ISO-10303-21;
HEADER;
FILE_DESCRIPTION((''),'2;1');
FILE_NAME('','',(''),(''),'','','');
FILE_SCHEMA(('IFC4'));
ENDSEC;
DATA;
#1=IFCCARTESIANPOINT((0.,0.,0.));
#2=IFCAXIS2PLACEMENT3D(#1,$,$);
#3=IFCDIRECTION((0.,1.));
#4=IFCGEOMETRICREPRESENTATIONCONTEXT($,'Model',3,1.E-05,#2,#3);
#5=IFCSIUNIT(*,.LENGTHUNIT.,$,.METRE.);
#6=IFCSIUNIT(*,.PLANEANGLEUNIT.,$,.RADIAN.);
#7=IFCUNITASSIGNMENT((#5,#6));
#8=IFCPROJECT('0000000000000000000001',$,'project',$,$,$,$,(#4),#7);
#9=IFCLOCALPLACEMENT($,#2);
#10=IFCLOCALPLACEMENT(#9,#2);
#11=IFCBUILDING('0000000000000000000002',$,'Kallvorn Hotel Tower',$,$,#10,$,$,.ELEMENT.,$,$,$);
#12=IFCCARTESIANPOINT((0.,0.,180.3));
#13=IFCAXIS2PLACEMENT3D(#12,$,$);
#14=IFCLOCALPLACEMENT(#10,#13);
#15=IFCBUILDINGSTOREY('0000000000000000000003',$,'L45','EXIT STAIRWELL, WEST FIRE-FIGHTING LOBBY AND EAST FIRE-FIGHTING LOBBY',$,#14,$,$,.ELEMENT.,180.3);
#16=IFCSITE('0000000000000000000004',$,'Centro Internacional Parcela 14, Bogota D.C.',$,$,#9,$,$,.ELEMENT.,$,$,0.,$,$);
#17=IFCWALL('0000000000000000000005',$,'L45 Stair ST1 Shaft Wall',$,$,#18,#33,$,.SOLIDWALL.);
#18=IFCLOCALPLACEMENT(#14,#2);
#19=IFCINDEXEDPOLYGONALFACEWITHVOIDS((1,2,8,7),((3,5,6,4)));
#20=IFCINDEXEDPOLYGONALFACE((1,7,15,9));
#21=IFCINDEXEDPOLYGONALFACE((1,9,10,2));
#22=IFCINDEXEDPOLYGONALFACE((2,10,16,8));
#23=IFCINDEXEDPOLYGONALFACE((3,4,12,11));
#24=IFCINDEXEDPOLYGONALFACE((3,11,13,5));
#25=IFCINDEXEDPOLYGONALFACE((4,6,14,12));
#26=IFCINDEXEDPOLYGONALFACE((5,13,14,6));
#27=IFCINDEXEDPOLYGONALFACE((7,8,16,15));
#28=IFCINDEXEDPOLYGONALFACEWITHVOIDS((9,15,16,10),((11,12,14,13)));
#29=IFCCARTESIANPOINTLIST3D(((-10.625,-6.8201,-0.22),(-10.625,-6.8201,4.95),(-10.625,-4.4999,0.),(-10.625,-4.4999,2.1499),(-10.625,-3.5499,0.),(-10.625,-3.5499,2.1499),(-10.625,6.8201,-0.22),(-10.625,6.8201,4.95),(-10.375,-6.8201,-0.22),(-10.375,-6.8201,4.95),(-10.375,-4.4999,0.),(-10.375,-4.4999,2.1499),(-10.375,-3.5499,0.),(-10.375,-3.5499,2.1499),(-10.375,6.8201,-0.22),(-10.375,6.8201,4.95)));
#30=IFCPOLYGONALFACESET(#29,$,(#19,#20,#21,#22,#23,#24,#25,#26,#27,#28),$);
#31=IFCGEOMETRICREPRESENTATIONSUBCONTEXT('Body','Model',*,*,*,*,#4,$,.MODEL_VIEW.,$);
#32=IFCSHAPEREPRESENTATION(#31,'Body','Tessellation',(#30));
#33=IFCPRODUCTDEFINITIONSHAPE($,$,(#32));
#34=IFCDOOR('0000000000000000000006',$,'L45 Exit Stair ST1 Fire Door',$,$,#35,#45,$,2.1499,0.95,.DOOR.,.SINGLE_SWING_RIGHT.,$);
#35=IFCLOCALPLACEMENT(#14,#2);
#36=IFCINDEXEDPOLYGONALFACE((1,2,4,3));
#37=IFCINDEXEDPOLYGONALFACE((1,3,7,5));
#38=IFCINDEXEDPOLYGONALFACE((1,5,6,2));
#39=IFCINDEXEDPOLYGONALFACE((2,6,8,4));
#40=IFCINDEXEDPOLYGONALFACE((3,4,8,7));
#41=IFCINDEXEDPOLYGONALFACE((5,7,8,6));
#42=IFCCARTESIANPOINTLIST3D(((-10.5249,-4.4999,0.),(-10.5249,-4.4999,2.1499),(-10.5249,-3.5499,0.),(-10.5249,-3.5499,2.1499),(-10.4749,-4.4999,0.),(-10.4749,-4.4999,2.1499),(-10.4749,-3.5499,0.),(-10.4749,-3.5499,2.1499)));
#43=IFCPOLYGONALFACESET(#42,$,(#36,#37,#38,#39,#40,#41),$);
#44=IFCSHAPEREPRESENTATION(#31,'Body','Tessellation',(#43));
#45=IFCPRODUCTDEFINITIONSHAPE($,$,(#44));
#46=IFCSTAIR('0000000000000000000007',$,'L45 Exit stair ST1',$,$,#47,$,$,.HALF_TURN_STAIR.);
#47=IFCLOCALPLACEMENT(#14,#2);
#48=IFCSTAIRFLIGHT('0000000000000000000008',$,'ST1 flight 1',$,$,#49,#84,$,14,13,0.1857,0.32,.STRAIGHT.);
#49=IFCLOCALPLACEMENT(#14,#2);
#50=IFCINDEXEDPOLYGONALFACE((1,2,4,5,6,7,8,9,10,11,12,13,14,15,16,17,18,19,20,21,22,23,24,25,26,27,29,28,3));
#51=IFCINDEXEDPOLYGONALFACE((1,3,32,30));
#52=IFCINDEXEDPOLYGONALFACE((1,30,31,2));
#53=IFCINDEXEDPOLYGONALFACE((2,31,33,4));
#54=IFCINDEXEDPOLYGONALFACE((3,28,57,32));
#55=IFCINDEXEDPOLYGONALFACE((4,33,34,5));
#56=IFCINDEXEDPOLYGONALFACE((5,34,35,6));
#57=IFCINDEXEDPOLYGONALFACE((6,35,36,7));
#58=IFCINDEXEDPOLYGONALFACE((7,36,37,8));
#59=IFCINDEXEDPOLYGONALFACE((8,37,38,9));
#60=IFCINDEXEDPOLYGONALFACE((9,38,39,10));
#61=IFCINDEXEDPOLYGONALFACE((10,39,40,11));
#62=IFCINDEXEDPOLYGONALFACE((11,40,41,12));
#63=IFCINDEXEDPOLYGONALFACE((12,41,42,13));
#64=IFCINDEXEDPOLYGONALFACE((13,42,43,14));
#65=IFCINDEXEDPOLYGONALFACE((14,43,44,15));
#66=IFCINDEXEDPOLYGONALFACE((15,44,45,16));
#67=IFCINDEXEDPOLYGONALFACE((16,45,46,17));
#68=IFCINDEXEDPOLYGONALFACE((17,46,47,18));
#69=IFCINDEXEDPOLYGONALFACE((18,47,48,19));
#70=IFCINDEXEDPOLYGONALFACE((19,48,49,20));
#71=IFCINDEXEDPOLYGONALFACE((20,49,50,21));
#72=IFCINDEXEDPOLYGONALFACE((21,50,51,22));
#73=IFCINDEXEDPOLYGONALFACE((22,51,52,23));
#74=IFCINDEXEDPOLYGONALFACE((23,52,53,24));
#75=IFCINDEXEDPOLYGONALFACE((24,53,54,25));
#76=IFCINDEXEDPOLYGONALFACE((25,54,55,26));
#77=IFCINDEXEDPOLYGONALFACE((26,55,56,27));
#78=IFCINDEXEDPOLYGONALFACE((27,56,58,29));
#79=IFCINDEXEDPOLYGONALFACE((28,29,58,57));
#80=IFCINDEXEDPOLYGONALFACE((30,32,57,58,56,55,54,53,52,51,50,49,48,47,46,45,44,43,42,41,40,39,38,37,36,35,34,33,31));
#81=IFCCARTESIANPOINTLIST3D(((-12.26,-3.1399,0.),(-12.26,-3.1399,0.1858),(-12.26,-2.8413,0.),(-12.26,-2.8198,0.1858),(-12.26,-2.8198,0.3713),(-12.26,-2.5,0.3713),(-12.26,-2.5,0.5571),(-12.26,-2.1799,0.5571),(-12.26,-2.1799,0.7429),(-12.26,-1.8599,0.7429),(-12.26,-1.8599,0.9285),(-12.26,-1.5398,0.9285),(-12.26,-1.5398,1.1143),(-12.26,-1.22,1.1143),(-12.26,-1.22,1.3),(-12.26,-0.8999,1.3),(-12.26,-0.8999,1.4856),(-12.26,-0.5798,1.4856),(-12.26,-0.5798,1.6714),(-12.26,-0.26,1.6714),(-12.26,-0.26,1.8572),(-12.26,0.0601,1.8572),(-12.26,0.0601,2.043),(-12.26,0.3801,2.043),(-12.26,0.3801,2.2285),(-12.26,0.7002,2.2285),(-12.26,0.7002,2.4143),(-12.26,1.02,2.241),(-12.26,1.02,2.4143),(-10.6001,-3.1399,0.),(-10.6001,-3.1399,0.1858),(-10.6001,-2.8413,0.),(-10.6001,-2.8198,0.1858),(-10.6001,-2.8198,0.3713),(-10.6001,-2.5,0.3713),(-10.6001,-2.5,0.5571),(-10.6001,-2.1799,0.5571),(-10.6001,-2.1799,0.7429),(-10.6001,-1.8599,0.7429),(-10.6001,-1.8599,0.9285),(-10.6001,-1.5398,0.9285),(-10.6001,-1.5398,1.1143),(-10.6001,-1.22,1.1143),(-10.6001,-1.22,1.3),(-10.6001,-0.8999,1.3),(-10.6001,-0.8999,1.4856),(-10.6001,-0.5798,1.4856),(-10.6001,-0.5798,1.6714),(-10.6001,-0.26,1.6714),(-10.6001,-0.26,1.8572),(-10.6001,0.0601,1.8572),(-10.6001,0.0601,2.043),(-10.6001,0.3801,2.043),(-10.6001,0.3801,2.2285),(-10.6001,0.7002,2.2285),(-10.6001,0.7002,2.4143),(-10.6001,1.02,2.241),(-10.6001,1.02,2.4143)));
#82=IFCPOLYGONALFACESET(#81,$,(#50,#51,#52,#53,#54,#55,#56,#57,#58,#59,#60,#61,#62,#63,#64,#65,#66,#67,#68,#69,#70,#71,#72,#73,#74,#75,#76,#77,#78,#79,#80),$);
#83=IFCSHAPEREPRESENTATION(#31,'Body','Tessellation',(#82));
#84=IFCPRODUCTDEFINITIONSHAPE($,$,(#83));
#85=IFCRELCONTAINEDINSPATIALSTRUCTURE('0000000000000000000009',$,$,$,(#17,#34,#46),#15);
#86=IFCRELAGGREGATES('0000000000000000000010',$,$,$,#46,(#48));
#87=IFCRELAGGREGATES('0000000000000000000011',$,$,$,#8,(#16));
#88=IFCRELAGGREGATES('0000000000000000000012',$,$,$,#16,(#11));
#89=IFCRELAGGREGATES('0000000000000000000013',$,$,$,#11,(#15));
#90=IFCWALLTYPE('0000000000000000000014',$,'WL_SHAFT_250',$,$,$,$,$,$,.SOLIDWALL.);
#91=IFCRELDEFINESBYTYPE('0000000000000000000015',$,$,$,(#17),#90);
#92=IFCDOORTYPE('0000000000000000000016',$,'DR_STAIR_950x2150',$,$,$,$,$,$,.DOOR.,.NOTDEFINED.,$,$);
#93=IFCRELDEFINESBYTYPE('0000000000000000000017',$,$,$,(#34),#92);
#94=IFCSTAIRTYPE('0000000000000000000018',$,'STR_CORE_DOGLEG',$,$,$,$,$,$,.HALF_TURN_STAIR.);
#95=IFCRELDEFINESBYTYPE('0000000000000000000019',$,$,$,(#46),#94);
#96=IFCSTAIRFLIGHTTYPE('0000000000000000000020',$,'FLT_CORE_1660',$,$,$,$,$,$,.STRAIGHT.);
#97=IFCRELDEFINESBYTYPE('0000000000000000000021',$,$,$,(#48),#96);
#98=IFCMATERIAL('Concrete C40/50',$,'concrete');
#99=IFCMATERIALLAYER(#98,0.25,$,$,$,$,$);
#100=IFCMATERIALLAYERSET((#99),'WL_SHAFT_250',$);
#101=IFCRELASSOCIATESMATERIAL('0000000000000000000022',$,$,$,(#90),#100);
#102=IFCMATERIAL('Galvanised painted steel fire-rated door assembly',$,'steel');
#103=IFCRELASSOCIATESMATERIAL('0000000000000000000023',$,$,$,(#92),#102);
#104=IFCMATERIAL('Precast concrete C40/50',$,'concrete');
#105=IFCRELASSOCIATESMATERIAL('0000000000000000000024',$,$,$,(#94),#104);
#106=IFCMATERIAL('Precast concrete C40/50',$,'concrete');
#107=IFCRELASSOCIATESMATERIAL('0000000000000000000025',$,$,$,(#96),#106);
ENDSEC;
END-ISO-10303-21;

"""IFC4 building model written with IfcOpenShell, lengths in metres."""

from ifc_helpers import new_model, si_unit, direction, frame, frame_2d, origin, place, context, subcontext, project, spatial, polyline, rectangle, outline, extrude, material, layer, layer_set, type_object, element, fill, aggregate, save


model = new_model("IFC4")

# Units and contexts
model_context = context("Model", 3, precision=1e-05, world=origin(), true_north=direction((0.0, 1.0)))
body_context = subcontext(model_context, "Body", "Model", "MODEL_VIEW")
ifc_project = project(units=[si_unit("LENGTHUNIT", "METRE"), si_unit("PLANEANGLEUNIT", "RADIAN")], contexts=[model_context])

# Site, building, storey
site_placement = place(None, origin())
site = spatial("IfcSite", under=ifc_project, at=site_placement, Name="Centro Internacional Parcela 14, Bogota D.C.", CompositionType="ELEMENT", RefElevation=0.0)
building_placement = place(site_placement, origin())
building = spatial("IfcBuilding", under=site, at=building_placement, Name="Kallvorn Hotel Tower", CompositionType="ELEMENT")
storey_placement = place(building_placement, frame((0.0, 0.0, 180.3)))
storey = spatial("IfcBuildingStorey", under=building, at=storey_placement, Name="L45", Description="EXIT STAIRWELL, WEST FIRE-FIGHTING LOBBY AND EAST FIRE-FIGHTING LOBBY", CompositionType="ELEMENT", Elevation=180.3)

# Shared definitions
ifc_material_1 = material(Name="Concrete C40/50", Category="concrete")
ifc_layer_1 = layer(ifc_material_1, 0.25)
ifc_layer_set_1 = layer_set([ifc_layer_1], Name="WL_SHAFT_250")
wall_type_1 = type_object("IfcWallType", Name="WL_SHAFT_250", PredefinedType="SOLIDWALL", material=ifc_layer_set_1)

# Wall, opening, door
wall_1_placement = place(storey_placement, frame((-10.5, -6.8201, -0.22), z_axis=(0.0, 0.0, 1.0), x_axis=(0.0, 1.0, 0.0)))
wall_1 = element("IfcWall", 1, at=wall_1_placement, inside=storey, type_object=wall_type_1, Name="L45 Stair ST1 Shaft Wall", PredefinedType="SOLIDWALL", context=body_context, shape_type="SweptSolid", body=[
    extrude(rectangle(XDim=13.6401, YDim=0.25, at=frame_2d((6.8201, 0.0))), origin(), (0.0, 0.0, 1.0), 5.1699),
])
opening_1_placement = place(wall_1_placement, frame((2.3201, 0.0, 0.22)))
opening_1 = element("IfcOpeningElement", 2, at=opening_1_placement, cuts=wall_1, PredefinedType="OPENING", context=body_context, shape_type="SweptSolid", body=[
    extrude(rectangle(XDim=0.95, YDim=2.1499, at=frame_2d((0.4751, 1.075))), frame((0.0, 0.1399, 0.0), z_axis=(0.0, -1.0, 0.0), x_axis=(1.0, 0.0, 0.0)), (0.0, 0.0, 1.0), 0.28),
])
ifc_material_2 = material(Name="Galvanised painted steel fire-rated door assembly", Category="steel")
door_type_1 = type_object("IfcDoorType", Name="DR_STAIR_950x2150", OperationType="NOTDEFINED", PredefinedType="DOOR", material=ifc_material_2)
door_1_placement = place(opening_1_placement, origin())
door_1 = element("IfcDoor", 3, at=door_1_placement, inside=storey, type_object=door_type_1, Name="L45 Exit Stair ST1 Fire Door", OperationType="SINGLE_SWING_RIGHT", OverallHeight=2.1499, OverallWidth=0.95, PredefinedType="DOOR", context=body_context, shape_type="SweptSolid", body=[
    extrude(rectangle(XDim=0.95, YDim=2.1499, at=frame_2d((0.4751, 1.075))), frame((0.0, 0.0249, 0.0), z_axis=(0.0, -1.0, 0.0), x_axis=(1.0, 0.0, 0.0)), (0.0, 0.0, 1.0), 0.05),
])
fill(opening_1, door_1)

# Stair, stair flight
ifc_material_3 = material(Name="Precast concrete C40/50", Category="concrete")
stair_type = type_object("IfcStairType", Name="STR_CORE_DOGLEG", PredefinedType="HALF_TURN_STAIR", material=ifc_material_3)
stair_placement = place(storey_placement, origin())
stair = element("IfcStair", 4, at=stair_placement, inside=storey, type_object=stair_type, Name="L45 Exit stair ST1", PredefinedType="HALF_TURN_STAIR")
ifc_material_4 = material(Name="Precast concrete C40/50", Category="concrete")
stair_flight_type = type_object("IfcStairFlightType", Name="FLT_CORE_1660", PredefinedType="STRAIGHT", material=ifc_material_4)
stair_flight_placement = place(storey_placement, frame((-11.4299, -3.1399, 0.0), z_axis=(0.0, 0.0, 1.0), x_axis=(0.0, 1.0, 0.0)))
stair_flight = element("IfcStairFlight", 5, at=stair_flight_placement, type_object=stair_flight_type, Name="ST1 flight 1", NumberOfRisers=14, NumberOfTreads=13, PredefinedType="STRAIGHT", RiserHeight=0.1857, TreadLength=0.32, context=body_context, shape_type="SweptSolid", body=[
    extrude(outline(polyline([(0.0, 0.0), (0.0, 0.1858), (0.3201, 0.1858), (0.3201, 0.3713), (0.6399, 0.3713), (0.6399, 0.5571), (0.96, 0.5571), (0.96, 0.7429), (1.28, 0.7429), (1.28, 0.9285), (1.6001, 0.9285), (1.6001, 1.1143), (1.9199, 1.1143), (1.9199, 1.3), (2.24, 1.3), (2.24, 1.4856), (2.5601, 1.4856), (2.5601, 1.6714), (2.8799, 1.6714), (2.8799, 1.8572), (3.2, 1.8572), (3.2, 2.043), (3.52, 2.043), (3.52, 2.2285), (3.8401, 2.2285), (3.8401, 2.4143), (4.1599, 2.4143), (4.1599, 2.6001), (4.1599, 2.241), (0.2986, 0.0), (0.0, 0.0)])), frame((0.0, 0.8301, 0.0), z_axis=(0.0, -1.0, 0.0), x_axis=(1.0, 0.0, 0.0)), (0.0, 0.0, 1.0), 1.6599),
])
aggregate(stair, [stair_flight])

save(model, "model.ifc")
